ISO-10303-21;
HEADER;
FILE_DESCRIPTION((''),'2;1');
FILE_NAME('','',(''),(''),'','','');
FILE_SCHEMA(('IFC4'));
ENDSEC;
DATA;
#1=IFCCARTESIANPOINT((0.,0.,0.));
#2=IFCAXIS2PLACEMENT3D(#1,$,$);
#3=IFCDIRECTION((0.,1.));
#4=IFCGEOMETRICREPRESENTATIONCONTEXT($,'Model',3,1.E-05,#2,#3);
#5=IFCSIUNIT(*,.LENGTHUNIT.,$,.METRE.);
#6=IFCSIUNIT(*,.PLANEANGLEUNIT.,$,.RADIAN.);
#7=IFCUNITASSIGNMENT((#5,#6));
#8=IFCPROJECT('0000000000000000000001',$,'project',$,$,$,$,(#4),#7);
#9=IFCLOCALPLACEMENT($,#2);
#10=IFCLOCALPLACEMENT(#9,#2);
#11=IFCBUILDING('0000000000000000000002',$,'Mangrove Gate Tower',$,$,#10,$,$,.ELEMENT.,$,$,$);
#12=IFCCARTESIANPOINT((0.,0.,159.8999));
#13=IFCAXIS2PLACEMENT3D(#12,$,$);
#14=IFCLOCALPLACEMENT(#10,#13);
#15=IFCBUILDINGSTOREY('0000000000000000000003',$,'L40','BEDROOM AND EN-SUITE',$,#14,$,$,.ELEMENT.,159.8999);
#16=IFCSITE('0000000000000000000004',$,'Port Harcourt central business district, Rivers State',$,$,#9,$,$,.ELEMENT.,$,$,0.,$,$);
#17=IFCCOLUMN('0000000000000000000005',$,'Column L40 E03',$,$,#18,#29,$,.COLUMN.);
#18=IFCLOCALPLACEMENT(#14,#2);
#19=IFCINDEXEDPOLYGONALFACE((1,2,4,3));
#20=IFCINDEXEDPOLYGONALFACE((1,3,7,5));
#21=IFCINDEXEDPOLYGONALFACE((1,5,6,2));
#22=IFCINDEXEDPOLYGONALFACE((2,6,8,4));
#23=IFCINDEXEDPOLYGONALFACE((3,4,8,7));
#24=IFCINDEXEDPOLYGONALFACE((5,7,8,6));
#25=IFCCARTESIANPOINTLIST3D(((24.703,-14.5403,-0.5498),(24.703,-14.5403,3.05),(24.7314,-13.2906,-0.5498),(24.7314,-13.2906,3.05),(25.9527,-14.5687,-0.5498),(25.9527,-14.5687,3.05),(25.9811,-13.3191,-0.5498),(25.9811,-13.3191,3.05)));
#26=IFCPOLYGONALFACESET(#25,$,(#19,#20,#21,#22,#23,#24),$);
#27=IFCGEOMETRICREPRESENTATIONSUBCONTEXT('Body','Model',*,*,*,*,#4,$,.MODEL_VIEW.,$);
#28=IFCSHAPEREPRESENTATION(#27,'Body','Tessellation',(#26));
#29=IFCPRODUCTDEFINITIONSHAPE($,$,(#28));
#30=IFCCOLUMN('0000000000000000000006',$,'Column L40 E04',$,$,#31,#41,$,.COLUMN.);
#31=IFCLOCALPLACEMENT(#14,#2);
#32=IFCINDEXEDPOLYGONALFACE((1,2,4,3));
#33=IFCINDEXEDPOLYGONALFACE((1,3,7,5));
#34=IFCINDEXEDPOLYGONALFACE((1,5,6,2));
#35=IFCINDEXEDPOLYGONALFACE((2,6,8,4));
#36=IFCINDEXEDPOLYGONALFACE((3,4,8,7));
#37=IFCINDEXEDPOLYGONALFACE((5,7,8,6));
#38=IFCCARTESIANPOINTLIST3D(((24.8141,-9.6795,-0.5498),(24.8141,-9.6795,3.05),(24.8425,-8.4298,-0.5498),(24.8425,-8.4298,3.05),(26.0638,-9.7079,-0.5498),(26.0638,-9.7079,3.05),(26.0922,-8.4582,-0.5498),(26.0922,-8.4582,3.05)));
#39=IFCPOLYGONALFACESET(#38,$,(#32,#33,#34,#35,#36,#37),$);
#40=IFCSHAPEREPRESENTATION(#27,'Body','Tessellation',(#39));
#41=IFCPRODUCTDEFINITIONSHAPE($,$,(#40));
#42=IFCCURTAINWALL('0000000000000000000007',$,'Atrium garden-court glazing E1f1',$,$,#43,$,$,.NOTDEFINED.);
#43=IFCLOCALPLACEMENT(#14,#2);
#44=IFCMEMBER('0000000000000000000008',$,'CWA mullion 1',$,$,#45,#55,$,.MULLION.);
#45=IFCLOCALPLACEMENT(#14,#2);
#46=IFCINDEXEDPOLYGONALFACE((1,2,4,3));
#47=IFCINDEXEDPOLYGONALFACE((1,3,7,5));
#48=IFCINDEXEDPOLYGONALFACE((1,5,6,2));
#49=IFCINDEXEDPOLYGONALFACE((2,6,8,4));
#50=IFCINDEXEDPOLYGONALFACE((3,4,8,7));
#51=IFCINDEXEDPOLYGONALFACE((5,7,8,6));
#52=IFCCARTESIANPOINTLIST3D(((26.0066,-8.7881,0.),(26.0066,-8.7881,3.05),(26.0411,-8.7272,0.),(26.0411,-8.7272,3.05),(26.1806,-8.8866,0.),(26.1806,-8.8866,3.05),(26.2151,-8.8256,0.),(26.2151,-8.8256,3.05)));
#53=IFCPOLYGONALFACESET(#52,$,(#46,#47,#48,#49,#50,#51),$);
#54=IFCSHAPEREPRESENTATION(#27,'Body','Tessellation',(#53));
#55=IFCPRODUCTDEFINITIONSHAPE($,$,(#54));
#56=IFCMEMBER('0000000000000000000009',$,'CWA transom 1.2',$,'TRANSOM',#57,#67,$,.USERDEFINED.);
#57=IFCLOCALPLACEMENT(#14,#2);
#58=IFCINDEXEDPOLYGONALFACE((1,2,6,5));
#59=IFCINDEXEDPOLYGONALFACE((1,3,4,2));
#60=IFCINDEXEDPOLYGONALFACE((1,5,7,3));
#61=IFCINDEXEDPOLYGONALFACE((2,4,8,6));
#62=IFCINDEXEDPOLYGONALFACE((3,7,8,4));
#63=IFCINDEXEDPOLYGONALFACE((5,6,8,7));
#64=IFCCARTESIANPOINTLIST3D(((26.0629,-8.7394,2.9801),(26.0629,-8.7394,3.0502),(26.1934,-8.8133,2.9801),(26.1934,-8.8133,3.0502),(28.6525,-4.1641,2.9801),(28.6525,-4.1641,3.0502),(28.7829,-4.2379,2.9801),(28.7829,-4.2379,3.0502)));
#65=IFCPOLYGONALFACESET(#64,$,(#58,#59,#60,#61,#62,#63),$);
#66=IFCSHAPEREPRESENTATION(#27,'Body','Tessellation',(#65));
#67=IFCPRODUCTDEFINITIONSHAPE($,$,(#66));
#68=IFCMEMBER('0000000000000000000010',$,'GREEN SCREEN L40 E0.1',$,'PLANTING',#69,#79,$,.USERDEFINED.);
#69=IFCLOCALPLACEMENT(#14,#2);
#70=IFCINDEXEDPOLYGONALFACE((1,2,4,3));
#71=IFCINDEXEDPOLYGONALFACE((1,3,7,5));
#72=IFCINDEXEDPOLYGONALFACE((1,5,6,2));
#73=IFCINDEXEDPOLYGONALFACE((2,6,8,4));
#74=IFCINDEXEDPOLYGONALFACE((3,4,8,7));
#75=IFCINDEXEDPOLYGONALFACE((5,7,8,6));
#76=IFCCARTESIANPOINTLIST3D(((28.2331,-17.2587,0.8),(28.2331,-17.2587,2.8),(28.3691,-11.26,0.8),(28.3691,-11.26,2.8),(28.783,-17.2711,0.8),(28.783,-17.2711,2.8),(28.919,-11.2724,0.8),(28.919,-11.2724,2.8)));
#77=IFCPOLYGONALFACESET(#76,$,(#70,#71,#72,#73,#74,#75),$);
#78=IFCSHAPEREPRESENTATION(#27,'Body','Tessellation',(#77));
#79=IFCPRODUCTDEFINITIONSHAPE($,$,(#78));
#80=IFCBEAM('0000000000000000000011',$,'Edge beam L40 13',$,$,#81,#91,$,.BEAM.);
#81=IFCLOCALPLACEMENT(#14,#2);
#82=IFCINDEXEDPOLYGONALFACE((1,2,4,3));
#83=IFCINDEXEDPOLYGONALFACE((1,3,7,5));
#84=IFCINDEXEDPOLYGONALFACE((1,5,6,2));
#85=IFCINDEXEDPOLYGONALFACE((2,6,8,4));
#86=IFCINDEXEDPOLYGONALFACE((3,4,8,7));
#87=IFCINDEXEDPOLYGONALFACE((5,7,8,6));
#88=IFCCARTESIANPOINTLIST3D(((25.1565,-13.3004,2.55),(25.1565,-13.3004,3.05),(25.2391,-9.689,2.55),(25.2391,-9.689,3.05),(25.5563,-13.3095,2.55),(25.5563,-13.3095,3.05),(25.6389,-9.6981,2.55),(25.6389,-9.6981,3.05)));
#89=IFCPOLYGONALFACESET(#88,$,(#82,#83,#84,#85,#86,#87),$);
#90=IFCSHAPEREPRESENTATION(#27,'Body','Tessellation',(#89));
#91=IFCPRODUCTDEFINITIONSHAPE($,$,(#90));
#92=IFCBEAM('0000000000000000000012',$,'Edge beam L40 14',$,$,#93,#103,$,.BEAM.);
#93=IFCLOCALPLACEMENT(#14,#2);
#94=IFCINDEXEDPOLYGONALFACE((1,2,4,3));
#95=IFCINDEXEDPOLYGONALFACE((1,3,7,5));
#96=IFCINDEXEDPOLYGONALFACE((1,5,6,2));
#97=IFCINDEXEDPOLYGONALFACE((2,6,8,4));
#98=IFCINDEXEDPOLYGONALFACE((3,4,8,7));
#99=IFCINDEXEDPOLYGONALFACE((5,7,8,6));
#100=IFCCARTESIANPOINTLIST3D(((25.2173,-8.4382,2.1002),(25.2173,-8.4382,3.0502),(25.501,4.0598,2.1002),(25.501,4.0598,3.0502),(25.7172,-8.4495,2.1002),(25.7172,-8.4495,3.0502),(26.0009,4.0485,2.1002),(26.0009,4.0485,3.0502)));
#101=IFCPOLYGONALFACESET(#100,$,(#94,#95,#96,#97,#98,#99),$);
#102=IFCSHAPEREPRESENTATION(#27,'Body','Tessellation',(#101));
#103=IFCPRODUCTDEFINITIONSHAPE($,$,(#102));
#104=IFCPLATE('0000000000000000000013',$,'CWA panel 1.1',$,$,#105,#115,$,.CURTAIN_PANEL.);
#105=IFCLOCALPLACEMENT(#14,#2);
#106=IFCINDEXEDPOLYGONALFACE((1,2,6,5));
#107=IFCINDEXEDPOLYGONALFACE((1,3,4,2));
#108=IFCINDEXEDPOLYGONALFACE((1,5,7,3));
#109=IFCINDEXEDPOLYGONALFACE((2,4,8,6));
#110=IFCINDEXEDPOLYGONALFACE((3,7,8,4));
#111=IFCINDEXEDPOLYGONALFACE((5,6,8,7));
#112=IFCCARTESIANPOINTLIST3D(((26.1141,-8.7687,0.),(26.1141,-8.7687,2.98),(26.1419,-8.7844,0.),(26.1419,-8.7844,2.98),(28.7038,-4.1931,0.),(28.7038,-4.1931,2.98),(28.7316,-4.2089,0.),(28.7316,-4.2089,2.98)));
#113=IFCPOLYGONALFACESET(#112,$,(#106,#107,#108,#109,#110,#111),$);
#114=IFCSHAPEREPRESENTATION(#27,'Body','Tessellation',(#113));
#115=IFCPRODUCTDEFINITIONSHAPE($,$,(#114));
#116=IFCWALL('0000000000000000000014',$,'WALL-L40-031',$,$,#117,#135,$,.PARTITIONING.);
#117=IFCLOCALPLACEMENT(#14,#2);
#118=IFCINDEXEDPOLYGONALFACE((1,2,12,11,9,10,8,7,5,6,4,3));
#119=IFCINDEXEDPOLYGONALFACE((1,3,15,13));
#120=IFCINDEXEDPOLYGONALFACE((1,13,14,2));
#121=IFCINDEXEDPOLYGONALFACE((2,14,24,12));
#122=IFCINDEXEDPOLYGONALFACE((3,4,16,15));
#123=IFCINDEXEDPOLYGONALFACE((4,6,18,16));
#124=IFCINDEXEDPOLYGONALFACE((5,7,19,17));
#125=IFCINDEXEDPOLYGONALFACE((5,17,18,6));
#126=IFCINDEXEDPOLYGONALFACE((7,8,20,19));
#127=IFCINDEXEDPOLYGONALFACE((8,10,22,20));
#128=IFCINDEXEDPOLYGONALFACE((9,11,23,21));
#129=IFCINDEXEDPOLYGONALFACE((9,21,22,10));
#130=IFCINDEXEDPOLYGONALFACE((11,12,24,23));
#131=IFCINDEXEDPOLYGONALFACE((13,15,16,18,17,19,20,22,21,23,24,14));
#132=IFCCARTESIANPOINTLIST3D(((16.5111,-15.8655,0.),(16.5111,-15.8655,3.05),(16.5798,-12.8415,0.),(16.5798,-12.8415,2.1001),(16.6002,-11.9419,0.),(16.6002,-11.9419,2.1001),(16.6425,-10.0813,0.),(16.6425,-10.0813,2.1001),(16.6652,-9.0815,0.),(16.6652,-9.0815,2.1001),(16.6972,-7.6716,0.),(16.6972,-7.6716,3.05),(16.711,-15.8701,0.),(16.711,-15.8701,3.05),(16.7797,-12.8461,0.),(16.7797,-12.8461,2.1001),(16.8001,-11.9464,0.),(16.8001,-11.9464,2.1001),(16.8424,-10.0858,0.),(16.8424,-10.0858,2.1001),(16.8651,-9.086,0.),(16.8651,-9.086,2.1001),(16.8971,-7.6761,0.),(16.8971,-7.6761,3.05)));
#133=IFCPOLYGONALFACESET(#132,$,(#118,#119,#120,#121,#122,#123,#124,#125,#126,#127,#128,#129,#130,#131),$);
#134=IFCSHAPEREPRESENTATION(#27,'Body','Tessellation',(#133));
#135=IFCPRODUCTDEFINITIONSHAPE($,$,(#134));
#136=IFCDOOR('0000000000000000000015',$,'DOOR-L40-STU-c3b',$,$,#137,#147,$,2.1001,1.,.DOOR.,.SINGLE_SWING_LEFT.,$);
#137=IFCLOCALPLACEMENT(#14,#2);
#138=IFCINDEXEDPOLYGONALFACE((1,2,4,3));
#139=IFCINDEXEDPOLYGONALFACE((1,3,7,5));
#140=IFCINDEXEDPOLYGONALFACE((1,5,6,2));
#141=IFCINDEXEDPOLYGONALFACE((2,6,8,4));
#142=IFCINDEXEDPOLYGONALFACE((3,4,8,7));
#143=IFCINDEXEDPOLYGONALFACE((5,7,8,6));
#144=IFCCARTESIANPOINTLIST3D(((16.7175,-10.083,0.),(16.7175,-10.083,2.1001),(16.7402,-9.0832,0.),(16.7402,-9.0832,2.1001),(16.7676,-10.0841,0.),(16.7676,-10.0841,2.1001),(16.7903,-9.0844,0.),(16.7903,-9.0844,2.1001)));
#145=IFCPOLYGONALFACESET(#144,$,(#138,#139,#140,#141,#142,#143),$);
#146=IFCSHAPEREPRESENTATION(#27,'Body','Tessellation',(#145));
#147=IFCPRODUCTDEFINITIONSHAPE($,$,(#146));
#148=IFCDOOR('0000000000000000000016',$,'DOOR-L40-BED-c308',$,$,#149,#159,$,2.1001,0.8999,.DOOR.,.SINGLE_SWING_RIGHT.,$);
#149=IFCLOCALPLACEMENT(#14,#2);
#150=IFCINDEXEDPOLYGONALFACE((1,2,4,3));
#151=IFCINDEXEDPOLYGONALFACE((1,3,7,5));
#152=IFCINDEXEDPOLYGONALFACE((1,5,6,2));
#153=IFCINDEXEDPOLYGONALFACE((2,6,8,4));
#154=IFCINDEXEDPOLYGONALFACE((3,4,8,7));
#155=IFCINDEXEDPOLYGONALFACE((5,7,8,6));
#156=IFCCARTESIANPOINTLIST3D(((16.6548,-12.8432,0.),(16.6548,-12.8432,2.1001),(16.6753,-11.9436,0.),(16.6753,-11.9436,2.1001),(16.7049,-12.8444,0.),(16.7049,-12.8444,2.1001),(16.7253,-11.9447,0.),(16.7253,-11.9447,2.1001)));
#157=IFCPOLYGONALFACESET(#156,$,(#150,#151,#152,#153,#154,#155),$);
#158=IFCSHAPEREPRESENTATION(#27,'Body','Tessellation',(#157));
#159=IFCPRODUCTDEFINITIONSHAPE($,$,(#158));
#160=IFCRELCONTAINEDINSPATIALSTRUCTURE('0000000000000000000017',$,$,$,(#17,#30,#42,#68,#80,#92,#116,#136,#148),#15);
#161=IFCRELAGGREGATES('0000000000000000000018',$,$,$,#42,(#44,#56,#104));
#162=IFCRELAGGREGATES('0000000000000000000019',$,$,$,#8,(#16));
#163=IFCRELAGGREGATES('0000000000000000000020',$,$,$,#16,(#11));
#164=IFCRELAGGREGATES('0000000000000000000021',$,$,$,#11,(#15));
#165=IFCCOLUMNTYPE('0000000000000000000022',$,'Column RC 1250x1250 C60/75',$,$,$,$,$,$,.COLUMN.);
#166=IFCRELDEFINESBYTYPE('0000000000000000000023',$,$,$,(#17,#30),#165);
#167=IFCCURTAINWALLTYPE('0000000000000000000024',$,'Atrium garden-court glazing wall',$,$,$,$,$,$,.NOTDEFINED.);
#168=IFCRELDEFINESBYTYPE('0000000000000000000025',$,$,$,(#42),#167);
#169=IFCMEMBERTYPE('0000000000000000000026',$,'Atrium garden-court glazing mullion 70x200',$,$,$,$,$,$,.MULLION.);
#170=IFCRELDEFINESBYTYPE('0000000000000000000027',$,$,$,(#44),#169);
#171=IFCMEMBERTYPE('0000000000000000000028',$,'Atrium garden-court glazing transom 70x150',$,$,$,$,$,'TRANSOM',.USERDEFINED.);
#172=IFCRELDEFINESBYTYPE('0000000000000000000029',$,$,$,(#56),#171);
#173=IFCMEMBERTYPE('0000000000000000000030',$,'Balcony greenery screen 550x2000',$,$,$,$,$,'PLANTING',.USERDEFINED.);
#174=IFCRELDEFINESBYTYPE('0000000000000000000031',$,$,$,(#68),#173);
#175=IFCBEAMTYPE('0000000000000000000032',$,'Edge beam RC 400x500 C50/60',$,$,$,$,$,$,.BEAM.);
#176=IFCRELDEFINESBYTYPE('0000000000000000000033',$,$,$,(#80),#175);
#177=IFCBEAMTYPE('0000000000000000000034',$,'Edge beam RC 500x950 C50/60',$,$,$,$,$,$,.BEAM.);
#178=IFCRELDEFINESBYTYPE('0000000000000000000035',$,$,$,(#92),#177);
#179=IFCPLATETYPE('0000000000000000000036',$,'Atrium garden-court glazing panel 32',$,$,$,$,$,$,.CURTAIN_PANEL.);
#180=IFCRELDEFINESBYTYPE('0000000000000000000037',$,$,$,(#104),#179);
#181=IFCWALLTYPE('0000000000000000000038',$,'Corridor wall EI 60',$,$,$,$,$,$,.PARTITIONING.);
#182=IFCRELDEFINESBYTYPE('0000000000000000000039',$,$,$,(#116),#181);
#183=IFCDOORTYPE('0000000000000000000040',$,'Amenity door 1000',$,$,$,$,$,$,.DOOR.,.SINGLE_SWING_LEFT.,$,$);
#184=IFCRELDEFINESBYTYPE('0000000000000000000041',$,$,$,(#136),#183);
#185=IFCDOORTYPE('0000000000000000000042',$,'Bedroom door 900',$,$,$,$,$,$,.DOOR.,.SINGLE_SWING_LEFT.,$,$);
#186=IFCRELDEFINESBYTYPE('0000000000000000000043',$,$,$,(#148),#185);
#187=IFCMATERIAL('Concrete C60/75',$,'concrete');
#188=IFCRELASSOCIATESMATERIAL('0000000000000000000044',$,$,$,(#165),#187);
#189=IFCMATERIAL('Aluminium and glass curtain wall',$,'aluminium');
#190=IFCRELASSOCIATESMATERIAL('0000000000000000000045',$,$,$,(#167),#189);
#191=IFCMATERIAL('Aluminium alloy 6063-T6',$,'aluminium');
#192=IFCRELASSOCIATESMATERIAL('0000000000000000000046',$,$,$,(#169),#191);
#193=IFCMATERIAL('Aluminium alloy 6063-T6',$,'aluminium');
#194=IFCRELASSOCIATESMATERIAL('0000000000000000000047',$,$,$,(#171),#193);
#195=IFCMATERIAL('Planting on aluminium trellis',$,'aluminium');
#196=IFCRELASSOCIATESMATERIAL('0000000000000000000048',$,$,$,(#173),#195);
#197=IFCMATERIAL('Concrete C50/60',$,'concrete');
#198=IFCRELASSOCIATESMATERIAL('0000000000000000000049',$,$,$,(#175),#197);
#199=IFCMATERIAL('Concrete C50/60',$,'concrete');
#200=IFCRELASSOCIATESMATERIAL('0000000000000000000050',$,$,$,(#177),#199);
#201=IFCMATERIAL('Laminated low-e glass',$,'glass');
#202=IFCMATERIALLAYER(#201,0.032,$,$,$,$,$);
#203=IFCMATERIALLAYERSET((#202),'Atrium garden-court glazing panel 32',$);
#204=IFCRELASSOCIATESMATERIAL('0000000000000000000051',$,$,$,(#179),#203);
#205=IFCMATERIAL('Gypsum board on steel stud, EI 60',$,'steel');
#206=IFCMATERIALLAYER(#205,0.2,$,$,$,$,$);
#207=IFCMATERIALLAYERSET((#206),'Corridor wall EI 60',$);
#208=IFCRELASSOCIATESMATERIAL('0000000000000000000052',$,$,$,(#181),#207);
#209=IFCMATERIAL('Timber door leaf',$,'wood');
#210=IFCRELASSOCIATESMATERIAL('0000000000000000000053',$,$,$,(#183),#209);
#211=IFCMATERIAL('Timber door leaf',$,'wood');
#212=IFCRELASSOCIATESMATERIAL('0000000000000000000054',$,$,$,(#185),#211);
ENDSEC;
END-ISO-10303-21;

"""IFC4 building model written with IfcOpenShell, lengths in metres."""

from ifc_helpers import new_model, si_unit, direction, frame, frame_2d, origin, origin_2d, place, context, subcontext, project, spatial, rectangle, extrude, material, layer, layer_set, material_profile, profile_set, type_object, element, fill, aggregate, save


model = new_model("IFC4")

# Units and contexts
model_context = context("Model", 3, precision=1e-05, world=origin(), true_north=direction((0.0, 1.0)))
body_context = subcontext(model_context, "Body", "Model", "MODEL_VIEW")
ifc_project = project(units=[si_unit("LENGTHUNIT", "METRE"), si_unit("PLANEANGLEUNIT", "RADIAN")], contexts=[model_context])

# Site, building, storey
site_placement = place(None, origin())
site = spatial("IfcSite", under=ifc_project, at=site_placement, Name="Port Harcourt central business district, Rivers State", CompositionType="ELEMENT", RefElevation=0.0)
building_placement = place(site_placement, origin())
building = spatial("IfcBuilding", under=site, at=building_placement, Name="Mangrove Gate Tower", CompositionType="ELEMENT")
storey_placement = place(building_placement, frame((0.0, 0.0, 159.8999)))
storey = spatial("IfcBuildingStorey", under=building, at=storey_placement, Name="L40", Description="BEDROOM AND EN-SUITE", CompositionType="ELEMENT", Elevation=159.8999)

# Columns
ifc_material_1 = material(Name="Concrete C60/75", Category="concrete")
ifc_material_profile_1 = material_profile(ifc_material_1, rectangle(XDim=1.25, YDim=1.25, at=origin_2d()))
ifc_profile_set_1 = profile_set([ifc_material_profile_1], Name="Concrete C60/75")
column_type = type_object("IfcColumnType", Name="Column RC 1250x1250 C60/75", PredefinedType="COLUMN", material=ifc_profile_set_1)
for number, where, z_axis, x_axis, name in (
    (1, (25.342, -13.9297, -0.5498), (0.0, 0.0, 1.0), (0.022726, 0.999742, 0.0), "Column L40 E03"),
    (2, (25.4531, -9.0688, -0.5498), (0.0, 0.0, 1.0), (0.022725, 0.999742, 0.0), "Column L40 E04"),
):
    element("IfcColumn", number, at=place(storey_placement, frame(where, z_axis=z_axis, x_axis=x_axis)), inside=storey, type_object=column_type, Name=name, PredefinedType="COLUMN", context=body_context, shape_type="SweptSolid", body=[
        extrude(rectangle(XDim=1.25, YDim=1.25, at=origin_2d()), origin(), (0.0, 0.0, 1.0), 3.5999),
    ])

# Curtain wall, members
ifc_material_2 = material(Name="Aluminium and glass curtain wall", Category="aluminium")
curtain_wall_type = type_object("IfcCurtainWallType", Name="Atrium garden-court glazing wall", PredefinedType="NOTDEFINED", material=ifc_material_2)
curtain_wall_placement = place(storey_placement, origin())
curtain_wall = element("IfcCurtainWall", 3, at=curtain_wall_placement, inside=storey, type_object=curtain_wall_type, Name="Atrium garden-court glazing E1f1", PredefinedType="NOTDEFINED")
ifc_material_3 = material(Name="Aluminium alloy 6063-T6", Category="aluminium")
ifc_material_profile_2 = material_profile(ifc_material_3, rectangle(XDim=0.0701, YDim=0.2, at=origin_2d()))
ifc_profile_set_2 = profile_set([ifc_material_profile_2], Name="Aluminium alloy 6063-T6")
member_type_1 = type_object("IfcMemberType", Name="Atrium garden-court glazing mullion 70x200", PredefinedType="MULLION", material=ifc_profile_set_2)
member_1_placement = place(storey_placement, frame((26.1108, -8.8069, 0.0), z_axis=(0.0, 0.0, 1.0), x_axis=(0.492564, 0.870276, 0.0)))
member_1 = element("IfcMember", 4, at=member_1_placement, type_object=member_type_1, Name="CWA mullion 1", PredefinedType="MULLION", context=body_context, shape_type="SweptSolid", body=[
    extrude(rectangle(XDim=0.0701, YDim=0.2, at=origin_2d()), origin(), (0.0, 0.0, 1.0), 3.05),
])
ifc_material_4 = material(Name="Aluminium alloy 6063-T6", Category="aluminium")
ifc_material_profile_3 = material_profile(ifc_material_4, rectangle(XDim=0.0701, YDim=0.1499, at=origin_2d()))
ifc_profile_set_3 = profile_set([ifc_material_profile_3], Name="Aluminium alloy 6063-T6")
member_type_2 = type_object("IfcMemberType", Name="Atrium garden-court glazing transom 70x150", ElementType="TRANSOM", PredefinedType="USERDEFINED", material=ifc_profile_set_3)
member_2_placement = place(storey_placement, frame((26.1282, -8.7764, 3.0151), z_axis=(0.492559, 0.870279, 0.0), x_axis=(0.0, 0.0, 1.0)))
member_2 = element("IfcMember", 5, at=member_2_placement, type_object=member_type_2, Name="CWA transom 1.2", ObjectType="TRANSOM", PredefinedType="USERDEFINED", context=body_context, shape_type="SweptSolid", body=[
    extrude(rectangle(XDim=0.0701, YDim=0.1499, at=origin_2d()), origin(), (0.0, 0.0, 1.0), 5.2573),
])

# Member
ifc_material_5 = material(Name="Planting on aluminium trellis", Category="aluminium")
ifc_material_profile_4 = material_profile(ifc_material_5, rectangle(XDim=0.55, YDim=2.0, at=origin_2d()))
ifc_profile_set_4 = profile_set([ifc_material_profile_4], Name="Planting on aluminium trellis")
member_type_3 = type_object("IfcMemberType", Name="Balcony greenery screen 550x2000", ElementType="PLANTING", PredefinedType="USERDEFINED", material=ifc_profile_set_4)
member_3_placement = place(storey_placement, frame((28.5081, -17.2649, 1.8), z_axis=(0.022663, 0.999743, 0.0), x_axis=(-0.999743, 0.022663, 0.0)))
element("IfcMember", 6, at=member_3_placement, inside=storey, type_object=member_type_3, Name="GREEN SCREEN L40 E0.1", ObjectType="PLANTING", PredefinedType="USERDEFINED", context=body_context, shape_type="SweptSolid", body=[
    extrude(rectangle(XDim=0.55, YDim=2.0, at=origin_2d()), origin(), (0.0, 0.0, 1.0), 6.0002),
])

# Beams
ifc_material_6 = material(Name="Concrete C50/60", Category="concrete")
ifc_material_profile_5 = material_profile(ifc_material_6, rectangle(XDim=0.3999, YDim=0.5, at=origin_2d()))
ifc_profile_set_5 = profile_set([ifc_material_profile_5], Name="Concrete C50/60")
beam_type_1 = type_object("IfcBeamType", Name="Edge beam RC 400x500 C50/60", PredefinedType="BEAM", material=ifc_profile_set_5)
beam_1_placement = place(storey_placement, frame((25.3564, -13.3049, 2.8), z_axis=(0.022844, 0.999739, 0.0), x_axis=(-0.999739, 0.022844, 0.0)))
element("IfcBeam", 7, at=beam_1_placement, inside=storey, type_object=beam_type_1, Name="Edge beam L40 13", PredefinedType="BEAM", context=body_context, shape_type="SweptSolid", body=[
    extrude(rectangle(XDim=0.3999, YDim=0.5, at=origin_2d()), origin(), (0.0, 0.0, 1.0), 3.6123),
])
ifc_material_7 = material(Name="Concrete C50/60", Category="concrete")
ifc_material_profile_6 = material_profile(ifc_material_7, rectangle(XDim=0.5, YDim=0.95, at=origin_2d()))
ifc_profile_set_6 = profile_set([ifc_material_profile_6], Name="Concrete C50/60")
beam_type_2 = type_object("IfcBeamType", Name="Edge beam RC 500x950 C50/60", PredefinedType="BEAM", material=ifc_profile_set_6)
beam_2_placement = place(storey_placement, frame((25.4673, -8.4438, 2.5752), z_axis=(0.022693, 0.999742, 0.0), x_axis=(-0.999742, 0.022693, 0.0)))
element("IfcBeam", 8, at=beam_2_placement, inside=storey, type_object=beam_type_2, Name="Edge beam L40 14", PredefinedType="BEAM", context=body_context, shape_type="SweptSolid", body=[
    extrude(rectangle(XDim=0.5, YDim=0.95, at=origin_2d()), origin(), (0.0, 0.0, 1.0), 12.5012),
])

# Plate
ifc_material_8 = material(Name="Laminated low-e glass", Category="glass")
ifc_layer_1 = layer(ifc_material_8, 0.032)
ifc_layer_set_1 = layer_set([ifc_layer_1], Name="Atrium garden-court glazing panel 32")
plate_type = type_object("IfcPlateType", Name="Atrium garden-court glazing panel 32", PredefinedType="CURTAIN_PANEL", material=ifc_layer_set_1)
plate_placement = place(storey_placement, frame((27.4229, -6.4888, 0.0), z_axis=(0.0, 0.0, 1.0), x_axis=(0.492564, 0.870276, 0.0)))
plate = element("IfcPlate", 9, at=plate_placement, type_object=plate_type, Name="CWA panel 1.1", PredefinedType="CURTAIN_PANEL", context=body_context, shape_type="SweptSolid", body=[
    extrude(rectangle(XDim=5.2576, YDim=0.032, at=origin_2d()), origin(), (0.0, 0.0, 1.0), 2.98),
])
aggregate(curtain_wall, [member_1, member_2, plate])

# Wall, openings, doors
ifc_material_9 = material(Name="Gypsum board on steel stud, EI 60", Category="steel")
ifc_layer_2 = layer(ifc_material_9, 0.2)
ifc_layer_set_2 = layer_set([ifc_layer_2], Name="Corridor wall EI 60")
wall_type_1 = type_object("IfcWallType", Name="Corridor wall EI 60", PredefinedType="PARTITIONING", material=ifc_layer_set_2)
wall_1_placement = place(storey_placement, frame((16.6111, -15.8679, 0.0), z_axis=(0.0, 0.0, 1.0), x_axis=(0.022698, 0.999742, 0.0)))
wall_1 = element("IfcWall", 10, at=wall_1_placement, inside=storey, type_object=wall_type_1, Name="WALL-L40-031", PredefinedType="PARTITIONING", context=body_context, shape_type="SweptSolid", body=[
    extrude(rectangle(XDim=8.196, YDim=0.2, at=frame_2d((4.0981, 0.0))), origin(), (0.0, 0.0, 1.0), 3.05),
])
opening_1_placement = place(wall_1_placement, frame((3.0249, 0.0, 0.0)))
opening_1 = element("IfcOpeningElement", 11, at=opening_1_placement, cuts=wall_1, PredefinedType="OPENING", context=body_context, shape_type="SweptSolid", body=[
    extrude(rectangle(XDim=0.8999, YDim=2.1001, at=frame_2d((0.45, 1.05))), frame((0.0, 0.1099, 0.0), z_axis=(0.0, -1.0, 0.0), x_axis=(1.0, 0.0, 0.0)), (0.0, 0.0, 1.0), 0.22),
])
opening_2_placement = place(wall_1_placement, frame((5.7859, 0.0, 0.0)))
opening_2 = element("IfcOpeningElement", 12, at=opening_2_placement, cuts=wall_1, PredefinedType="OPENING", context=body_context, shape_type="SweptSolid", body=[
    extrude(rectangle(XDim=1.0, YDim=2.1001, at=frame_2d((0.5, 1.05))), frame((0.0, 0.1099, 0.0), z_axis=(0.0, -1.0, 0.0), x_axis=(1.0, 0.0, 0.0)), (0.0, 0.0, 1.0), 0.22),
])
ifc_material_10 = material(Name="Timber door leaf", Category="wood")
door_type_1 = type_object("IfcDoorType", Name="Amenity door 1000", OperationType="SINGLE_SWING_LEFT", PredefinedType="DOOR", material=ifc_material_10)
door_1_placement = place(opening_2_placement, origin())
door_1 = element("IfcDoor", 13, at=door_1_placement, inside=storey, type_object=door_type_1, Name="DOOR-L40-STU-c3b", OperationType="SINGLE_SWING_LEFT", OverallHeight=2.1001, OverallWidth=1.0, PredefinedType="DOOR", context=body_context, shape_type="SweptSolid", body=[
    extrude(rectangle(XDim=1.0, YDim=2.1001, at=frame_2d((0.5, 1.05))), frame((0.0, 0.0249, 0.0), z_axis=(0.0, -1.0, 0.0), x_axis=(1.0, 0.0, 0.0)), (0.0, 0.0, 1.0), 0.05),
])
fill(opening_2, door_1)
ifc_material_11 = material(Name="Timber door leaf", Category="wood")
door_type_2 = type_object("IfcDoorType", Name="Bedroom door 900", OperationType="SINGLE_SWING_LEFT", PredefinedType="DOOR", material=ifc_material_11)
door_2_placement = place(opening_1_placement, origin())
door_2 = element("IfcDoor", 14, at=door_2_placement, inside=storey, type_object=door_type_2, Name="DOOR-L40-BED-c308", OperationType="SINGLE_SWING_RIGHT", OverallHeight=2.1001, OverallWidth=0.8999, PredefinedType="DOOR", context=body_context, shape_type="SweptSolid", body=[
    extrude(rectangle(XDim=0.8999, YDim=2.1001, at=frame_2d((0.45, 1.05))), frame((0.0, 0.0249, 0.0), z_axis=(0.0, -1.0, 0.0), x_axis=(1.0, 0.0, 0.0)), (0.0, 0.0, 1.0), 0.05),
])
fill(opening_1, door_2)

save(model, "model.ifc")
